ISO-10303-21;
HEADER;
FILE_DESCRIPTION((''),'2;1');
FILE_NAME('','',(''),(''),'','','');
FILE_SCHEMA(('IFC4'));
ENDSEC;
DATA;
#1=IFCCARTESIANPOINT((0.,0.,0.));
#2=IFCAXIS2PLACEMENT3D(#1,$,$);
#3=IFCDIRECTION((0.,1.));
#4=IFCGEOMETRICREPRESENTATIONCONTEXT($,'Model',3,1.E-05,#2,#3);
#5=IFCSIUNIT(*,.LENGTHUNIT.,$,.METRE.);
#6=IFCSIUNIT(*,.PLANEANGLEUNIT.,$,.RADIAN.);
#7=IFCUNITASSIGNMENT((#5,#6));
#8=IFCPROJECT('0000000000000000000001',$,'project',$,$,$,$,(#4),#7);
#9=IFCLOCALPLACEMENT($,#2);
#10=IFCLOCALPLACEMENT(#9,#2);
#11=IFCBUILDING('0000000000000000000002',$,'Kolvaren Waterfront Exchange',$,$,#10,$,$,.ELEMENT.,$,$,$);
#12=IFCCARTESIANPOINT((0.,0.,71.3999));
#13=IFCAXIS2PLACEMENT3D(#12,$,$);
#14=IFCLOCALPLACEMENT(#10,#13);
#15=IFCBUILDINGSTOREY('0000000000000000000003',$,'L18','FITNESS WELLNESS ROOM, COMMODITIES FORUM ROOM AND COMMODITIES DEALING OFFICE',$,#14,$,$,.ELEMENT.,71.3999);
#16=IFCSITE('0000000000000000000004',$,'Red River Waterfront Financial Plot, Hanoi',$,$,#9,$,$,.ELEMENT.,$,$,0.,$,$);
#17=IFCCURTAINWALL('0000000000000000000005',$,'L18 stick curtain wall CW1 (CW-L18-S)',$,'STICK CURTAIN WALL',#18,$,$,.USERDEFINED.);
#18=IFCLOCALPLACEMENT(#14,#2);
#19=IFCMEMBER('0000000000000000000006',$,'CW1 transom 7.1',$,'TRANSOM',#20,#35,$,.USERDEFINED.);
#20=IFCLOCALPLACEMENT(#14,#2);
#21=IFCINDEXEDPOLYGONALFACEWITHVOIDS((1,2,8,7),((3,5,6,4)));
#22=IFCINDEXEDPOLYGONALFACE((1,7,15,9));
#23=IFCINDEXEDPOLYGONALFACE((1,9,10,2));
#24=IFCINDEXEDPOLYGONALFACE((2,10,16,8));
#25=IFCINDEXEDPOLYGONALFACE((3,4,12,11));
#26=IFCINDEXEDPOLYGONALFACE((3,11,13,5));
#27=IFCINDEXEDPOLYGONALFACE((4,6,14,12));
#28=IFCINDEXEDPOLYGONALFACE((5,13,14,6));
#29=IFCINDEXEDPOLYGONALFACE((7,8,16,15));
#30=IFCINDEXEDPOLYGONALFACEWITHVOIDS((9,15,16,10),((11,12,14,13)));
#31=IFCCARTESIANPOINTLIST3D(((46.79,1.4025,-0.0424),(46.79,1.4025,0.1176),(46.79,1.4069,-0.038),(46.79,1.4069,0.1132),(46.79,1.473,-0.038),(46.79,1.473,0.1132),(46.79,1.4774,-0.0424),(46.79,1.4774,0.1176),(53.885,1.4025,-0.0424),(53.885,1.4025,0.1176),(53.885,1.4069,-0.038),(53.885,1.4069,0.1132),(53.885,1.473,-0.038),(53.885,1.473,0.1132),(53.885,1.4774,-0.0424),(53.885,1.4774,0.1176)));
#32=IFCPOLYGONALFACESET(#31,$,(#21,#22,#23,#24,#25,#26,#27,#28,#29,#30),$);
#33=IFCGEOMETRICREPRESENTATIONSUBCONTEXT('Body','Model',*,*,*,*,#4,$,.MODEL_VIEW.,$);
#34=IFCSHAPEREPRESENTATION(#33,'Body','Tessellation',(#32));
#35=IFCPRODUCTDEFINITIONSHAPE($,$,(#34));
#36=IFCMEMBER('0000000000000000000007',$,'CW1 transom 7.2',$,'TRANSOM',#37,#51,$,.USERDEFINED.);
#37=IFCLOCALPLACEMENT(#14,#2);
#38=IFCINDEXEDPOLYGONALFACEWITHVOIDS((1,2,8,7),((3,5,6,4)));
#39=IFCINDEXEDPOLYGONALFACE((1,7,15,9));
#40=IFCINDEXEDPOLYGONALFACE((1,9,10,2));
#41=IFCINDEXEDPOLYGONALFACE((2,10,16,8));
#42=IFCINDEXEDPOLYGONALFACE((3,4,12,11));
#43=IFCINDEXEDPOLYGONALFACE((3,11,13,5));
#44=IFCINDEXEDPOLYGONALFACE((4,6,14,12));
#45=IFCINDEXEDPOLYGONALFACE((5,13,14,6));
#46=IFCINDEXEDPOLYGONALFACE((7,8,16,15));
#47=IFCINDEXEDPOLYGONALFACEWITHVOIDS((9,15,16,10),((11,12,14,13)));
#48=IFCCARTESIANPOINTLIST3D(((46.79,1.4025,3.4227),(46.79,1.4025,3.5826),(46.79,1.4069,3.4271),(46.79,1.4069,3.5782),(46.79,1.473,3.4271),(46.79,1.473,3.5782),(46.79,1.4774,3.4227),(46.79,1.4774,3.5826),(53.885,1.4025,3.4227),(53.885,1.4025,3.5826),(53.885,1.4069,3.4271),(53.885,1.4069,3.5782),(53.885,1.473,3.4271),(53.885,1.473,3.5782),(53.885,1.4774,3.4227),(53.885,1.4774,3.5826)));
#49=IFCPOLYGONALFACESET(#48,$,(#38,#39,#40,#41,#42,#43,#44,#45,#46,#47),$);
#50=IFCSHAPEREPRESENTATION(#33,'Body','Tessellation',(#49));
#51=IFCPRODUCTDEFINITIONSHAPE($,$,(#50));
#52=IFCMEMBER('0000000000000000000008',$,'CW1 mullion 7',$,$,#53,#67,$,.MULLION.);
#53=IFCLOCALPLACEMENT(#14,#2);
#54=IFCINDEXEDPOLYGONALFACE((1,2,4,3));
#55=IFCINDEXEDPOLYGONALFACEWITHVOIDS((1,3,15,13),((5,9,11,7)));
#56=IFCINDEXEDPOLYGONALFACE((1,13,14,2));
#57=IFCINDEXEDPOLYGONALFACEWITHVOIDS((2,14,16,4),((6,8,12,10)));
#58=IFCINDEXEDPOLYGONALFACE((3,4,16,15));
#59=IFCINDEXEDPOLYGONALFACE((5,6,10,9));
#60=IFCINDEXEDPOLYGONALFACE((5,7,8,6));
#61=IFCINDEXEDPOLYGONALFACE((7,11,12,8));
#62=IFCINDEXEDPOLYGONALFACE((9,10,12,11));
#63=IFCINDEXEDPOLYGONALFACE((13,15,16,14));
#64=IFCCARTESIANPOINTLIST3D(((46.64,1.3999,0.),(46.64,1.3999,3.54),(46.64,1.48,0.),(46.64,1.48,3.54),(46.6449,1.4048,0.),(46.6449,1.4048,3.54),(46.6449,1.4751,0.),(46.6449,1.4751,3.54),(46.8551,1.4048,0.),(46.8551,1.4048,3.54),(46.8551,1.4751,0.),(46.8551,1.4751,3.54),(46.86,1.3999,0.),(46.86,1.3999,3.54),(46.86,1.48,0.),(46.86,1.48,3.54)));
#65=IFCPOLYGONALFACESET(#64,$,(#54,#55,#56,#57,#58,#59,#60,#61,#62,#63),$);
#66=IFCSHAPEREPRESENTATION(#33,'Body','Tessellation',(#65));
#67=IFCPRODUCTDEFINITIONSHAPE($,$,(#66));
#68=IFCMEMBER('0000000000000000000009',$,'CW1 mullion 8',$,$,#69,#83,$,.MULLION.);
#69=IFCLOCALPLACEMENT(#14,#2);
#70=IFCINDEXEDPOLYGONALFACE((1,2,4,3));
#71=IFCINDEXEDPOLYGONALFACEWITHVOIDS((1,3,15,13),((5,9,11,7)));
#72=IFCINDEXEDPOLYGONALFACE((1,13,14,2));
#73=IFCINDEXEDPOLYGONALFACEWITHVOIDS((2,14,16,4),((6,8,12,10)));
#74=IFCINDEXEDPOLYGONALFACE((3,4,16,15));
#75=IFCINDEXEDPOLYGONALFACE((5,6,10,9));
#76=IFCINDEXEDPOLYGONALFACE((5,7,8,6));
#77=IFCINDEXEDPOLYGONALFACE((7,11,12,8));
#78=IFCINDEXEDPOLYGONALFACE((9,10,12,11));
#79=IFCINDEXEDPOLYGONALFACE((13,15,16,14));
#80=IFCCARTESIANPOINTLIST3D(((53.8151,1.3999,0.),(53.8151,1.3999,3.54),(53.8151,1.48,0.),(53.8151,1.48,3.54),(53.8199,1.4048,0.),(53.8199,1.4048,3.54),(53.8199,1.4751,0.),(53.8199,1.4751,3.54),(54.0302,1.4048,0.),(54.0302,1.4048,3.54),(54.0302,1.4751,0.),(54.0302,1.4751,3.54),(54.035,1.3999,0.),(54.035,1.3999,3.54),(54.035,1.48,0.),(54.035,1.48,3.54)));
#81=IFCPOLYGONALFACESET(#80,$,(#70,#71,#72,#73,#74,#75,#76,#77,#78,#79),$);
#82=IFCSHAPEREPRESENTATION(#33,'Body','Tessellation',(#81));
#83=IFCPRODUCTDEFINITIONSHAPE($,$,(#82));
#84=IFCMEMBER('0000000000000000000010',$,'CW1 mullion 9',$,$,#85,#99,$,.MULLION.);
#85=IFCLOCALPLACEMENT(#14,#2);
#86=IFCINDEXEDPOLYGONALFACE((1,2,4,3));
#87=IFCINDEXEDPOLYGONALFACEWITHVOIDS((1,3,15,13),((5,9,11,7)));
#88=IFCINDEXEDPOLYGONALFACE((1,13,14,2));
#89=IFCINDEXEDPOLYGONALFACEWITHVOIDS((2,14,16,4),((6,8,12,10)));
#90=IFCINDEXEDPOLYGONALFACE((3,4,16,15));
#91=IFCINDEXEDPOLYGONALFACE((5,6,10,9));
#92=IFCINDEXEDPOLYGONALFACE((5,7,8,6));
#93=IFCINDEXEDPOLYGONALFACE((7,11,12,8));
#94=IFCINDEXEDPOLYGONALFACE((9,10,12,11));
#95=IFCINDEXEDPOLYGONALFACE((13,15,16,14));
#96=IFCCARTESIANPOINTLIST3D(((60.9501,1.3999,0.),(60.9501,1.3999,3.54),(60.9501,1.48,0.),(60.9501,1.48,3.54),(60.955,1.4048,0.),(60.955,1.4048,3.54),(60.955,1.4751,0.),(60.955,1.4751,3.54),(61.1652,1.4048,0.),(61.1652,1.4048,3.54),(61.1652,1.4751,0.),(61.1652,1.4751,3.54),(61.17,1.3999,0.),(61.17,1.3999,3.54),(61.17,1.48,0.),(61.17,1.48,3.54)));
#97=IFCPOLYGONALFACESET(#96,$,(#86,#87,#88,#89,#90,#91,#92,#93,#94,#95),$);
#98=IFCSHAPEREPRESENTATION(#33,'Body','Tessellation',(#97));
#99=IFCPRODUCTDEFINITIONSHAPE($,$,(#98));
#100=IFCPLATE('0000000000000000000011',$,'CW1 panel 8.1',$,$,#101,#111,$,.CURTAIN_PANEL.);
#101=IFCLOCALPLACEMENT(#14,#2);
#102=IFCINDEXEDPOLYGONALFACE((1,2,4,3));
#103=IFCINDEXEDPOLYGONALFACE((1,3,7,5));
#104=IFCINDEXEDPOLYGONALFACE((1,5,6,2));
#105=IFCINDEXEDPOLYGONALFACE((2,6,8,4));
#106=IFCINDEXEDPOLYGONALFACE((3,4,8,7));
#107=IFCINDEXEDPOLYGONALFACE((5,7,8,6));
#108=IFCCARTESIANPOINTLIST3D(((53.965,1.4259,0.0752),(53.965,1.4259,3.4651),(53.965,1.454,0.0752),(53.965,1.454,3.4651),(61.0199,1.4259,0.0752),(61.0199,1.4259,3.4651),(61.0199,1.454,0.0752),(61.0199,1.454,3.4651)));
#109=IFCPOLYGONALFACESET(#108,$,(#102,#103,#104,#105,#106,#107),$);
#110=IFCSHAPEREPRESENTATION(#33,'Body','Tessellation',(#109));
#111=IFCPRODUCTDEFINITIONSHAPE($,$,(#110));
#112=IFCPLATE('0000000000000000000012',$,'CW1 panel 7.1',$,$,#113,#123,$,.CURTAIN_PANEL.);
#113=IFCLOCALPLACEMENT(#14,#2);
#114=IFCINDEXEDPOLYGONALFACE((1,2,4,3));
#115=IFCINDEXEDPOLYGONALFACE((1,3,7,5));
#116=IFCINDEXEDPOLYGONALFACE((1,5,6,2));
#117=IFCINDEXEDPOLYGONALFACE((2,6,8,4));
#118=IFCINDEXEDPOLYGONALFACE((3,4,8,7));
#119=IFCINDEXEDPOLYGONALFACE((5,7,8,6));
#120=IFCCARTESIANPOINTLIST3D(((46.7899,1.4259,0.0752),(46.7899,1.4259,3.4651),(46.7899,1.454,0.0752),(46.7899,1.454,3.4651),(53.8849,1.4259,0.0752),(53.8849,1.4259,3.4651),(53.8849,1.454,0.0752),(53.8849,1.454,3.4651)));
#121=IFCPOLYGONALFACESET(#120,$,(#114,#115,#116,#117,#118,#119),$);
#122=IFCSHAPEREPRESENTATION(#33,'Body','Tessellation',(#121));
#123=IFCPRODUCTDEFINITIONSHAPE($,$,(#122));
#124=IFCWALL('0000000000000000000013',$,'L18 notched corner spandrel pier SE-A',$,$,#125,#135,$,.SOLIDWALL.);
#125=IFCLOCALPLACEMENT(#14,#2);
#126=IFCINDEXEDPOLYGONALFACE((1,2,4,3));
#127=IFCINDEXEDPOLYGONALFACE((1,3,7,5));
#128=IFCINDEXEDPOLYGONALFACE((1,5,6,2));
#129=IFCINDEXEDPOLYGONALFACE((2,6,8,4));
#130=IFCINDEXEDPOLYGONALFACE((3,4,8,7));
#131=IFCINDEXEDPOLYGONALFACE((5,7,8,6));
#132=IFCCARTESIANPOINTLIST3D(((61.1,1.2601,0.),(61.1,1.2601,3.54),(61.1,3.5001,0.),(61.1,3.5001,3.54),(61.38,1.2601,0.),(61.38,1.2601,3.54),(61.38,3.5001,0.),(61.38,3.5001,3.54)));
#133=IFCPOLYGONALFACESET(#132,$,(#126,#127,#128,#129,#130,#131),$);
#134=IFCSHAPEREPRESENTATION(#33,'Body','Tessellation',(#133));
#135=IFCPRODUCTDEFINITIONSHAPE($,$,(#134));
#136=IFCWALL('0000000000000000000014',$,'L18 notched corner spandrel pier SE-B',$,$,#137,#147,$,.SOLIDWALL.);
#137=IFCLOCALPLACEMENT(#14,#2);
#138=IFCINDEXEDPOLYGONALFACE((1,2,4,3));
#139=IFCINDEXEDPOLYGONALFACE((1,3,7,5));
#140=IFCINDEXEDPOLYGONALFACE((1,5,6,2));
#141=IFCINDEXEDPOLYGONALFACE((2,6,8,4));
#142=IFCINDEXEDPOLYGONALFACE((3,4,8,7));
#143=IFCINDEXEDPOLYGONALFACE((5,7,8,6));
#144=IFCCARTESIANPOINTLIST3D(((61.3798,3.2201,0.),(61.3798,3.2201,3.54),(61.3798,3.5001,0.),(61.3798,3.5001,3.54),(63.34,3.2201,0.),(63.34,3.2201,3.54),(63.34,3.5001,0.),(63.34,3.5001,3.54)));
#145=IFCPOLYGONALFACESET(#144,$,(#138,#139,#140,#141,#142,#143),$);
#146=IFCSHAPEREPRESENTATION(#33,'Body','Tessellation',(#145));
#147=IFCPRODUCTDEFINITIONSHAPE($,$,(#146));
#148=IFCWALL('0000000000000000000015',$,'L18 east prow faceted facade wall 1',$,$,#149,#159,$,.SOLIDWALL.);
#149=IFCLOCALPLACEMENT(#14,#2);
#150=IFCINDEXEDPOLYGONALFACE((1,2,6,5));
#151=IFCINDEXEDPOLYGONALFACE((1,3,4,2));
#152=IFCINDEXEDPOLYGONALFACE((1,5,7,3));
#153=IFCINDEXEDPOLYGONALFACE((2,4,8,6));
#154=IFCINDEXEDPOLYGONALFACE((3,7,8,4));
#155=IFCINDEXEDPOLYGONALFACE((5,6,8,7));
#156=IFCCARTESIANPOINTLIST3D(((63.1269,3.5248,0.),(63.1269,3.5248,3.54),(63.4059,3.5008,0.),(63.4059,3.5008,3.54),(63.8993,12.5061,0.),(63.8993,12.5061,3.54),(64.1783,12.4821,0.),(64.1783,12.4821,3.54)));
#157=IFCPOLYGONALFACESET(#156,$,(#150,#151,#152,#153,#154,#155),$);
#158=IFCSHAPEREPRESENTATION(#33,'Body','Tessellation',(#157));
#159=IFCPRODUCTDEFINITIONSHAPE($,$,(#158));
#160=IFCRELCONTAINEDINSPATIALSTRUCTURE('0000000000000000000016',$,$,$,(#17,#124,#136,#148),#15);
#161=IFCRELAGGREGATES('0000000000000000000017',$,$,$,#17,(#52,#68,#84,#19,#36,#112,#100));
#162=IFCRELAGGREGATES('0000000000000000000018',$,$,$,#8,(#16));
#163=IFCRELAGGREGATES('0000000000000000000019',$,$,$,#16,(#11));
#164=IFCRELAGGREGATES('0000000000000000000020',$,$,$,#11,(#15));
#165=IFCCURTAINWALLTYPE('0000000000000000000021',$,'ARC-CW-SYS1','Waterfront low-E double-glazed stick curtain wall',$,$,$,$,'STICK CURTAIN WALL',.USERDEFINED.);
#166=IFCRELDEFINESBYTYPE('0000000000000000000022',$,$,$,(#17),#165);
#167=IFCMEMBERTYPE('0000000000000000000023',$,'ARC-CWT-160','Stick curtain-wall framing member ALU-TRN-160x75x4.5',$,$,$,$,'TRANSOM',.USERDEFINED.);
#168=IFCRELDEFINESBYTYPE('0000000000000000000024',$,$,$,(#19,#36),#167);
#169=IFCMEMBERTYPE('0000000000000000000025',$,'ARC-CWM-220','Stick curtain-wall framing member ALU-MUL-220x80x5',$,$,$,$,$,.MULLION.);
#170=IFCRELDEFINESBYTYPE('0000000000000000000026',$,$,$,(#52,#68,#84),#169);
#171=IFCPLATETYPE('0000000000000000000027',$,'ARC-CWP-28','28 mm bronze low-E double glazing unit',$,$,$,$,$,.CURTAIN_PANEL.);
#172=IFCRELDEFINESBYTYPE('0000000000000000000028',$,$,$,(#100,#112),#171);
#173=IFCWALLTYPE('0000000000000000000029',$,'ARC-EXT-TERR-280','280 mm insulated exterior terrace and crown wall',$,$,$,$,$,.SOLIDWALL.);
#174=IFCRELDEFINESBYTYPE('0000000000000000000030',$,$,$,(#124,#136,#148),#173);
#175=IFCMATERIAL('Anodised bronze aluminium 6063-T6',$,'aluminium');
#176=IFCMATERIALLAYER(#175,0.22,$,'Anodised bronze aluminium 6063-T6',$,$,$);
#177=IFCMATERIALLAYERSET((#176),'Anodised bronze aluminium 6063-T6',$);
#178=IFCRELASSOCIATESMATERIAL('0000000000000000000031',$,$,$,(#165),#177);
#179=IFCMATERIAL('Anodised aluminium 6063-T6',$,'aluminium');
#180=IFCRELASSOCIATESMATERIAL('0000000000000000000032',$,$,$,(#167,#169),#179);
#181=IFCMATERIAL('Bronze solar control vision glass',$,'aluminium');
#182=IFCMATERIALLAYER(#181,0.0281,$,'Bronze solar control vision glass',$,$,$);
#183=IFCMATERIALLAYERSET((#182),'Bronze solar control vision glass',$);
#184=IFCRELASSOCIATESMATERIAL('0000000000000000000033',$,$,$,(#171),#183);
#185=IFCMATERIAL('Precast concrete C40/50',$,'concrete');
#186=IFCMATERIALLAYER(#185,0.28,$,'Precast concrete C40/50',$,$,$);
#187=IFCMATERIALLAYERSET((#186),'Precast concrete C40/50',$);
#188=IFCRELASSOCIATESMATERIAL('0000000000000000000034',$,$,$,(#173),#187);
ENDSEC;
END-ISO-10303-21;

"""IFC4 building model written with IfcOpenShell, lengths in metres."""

from ifc_helpers import new_model, si_unit, direction, frame, frame_2d, origin, origin_with_axes, origin_2d, place, context, subcontext, project, spatial, rectangle, hollow_rectangle, extrude, source, transform, mapped, material, layer, layer_set, material_profile, profile_set, type_object, element, aggregate, save


model = new_model("IFC4")

# Units and contexts
model_context = context("Model", 3, precision=1e-05, world=origin(), true_north=direction((0.0, 1.0)))
body_context = subcontext(model_context, "Body", "Model", "MODEL_VIEW")
ifc_project = project(units=[si_unit("LENGTHUNIT", "METRE"), si_unit("PLANEANGLEUNIT", "RADIAN")], contexts=[model_context])

# Site, building, storey
site_placement = place(None, origin())
site = spatial("IfcSite", under=ifc_project, at=site_placement, Name="Red River Waterfront Financial Plot, Hanoi", CompositionType="ELEMENT", RefElevation=0.0)
building_placement = place(site_placement, origin())
building = spatial("IfcBuilding", under=site, at=building_placement, Name="Kolvaren Waterfront Exchange", CompositionType="ELEMENT")
storey_placement = place(building_placement, frame((0.0, 0.0, 71.3999)))
storey = spatial("IfcBuildingStorey", under=building, at=storey_placement, Name="L18", Description="FITNESS WELLNESS ROOM, COMMODITIES FORUM ROOM AND COMMODITIES DEALING OFFICE", CompositionType="ELEMENT", Elevation=71.3999)

# Curtain wall, members, plates
ifc_material_1 = material(Name="Anodised bronze aluminium 6063-T6", Category="aluminium")
ifc_layer_1 = layer(ifc_material_1, 0.22, Name="Anodised bronze aluminium 6063-T6")
ifc_layer_set_1 = layer_set([ifc_layer_1], Name="Anodised bronze aluminium 6063-T6")
curtain_wall_type = type_object("IfcCurtainWallType", Name="ARC-CW-SYS1", Description="Waterfront low-E double-glazed stick curtain wall", ElementType="STICK CURTAIN WALL", PredefinedType="USERDEFINED", material=ifc_layer_set_1)
curtain_wall_placement = place(storey_placement, origin())
curtain_wall = element("IfcCurtainWall", 1, at=curtain_wall_placement, inside=storey, type_object=curtain_wall_type, Name="L18 stick curtain wall CW1 (CW-L18-S)", ObjectType="STICK CURTAIN WALL", PredefinedType="USERDEFINED")
ifc_material_2 = material(Name="Anodised aluminium 6063-T6", Category="aluminium")
ifc_material_profile_1 = material_profile(ifc_material_2, hollow_rectangle(XDim=0.075, YDim=0.1599, WallThickness=0.0044, at=origin_2d()), Name="ALU-TRN-160x75x4.5")
ifc_profile_set_1 = profile_set([ifc_material_profile_1], Name="Anodised aluminium 6063-T6")
member_type_1 = type_object("IfcMemberType", Name="ARC-CWT-160", Description="Stick curtain-wall framing member ALU-TRN-160x75x4.5", ElementType="TRANSOM", PredefinedType="USERDEFINED", material=ifc_profile_set_1)
shared_shape_1 = source(origin_with_axes(), body_context, "Body", "SweptSolid", [
    extrude(hollow_rectangle(XDim=0.075, YDim=0.1599, WallThickness=0.0044, at=origin_2d()), origin(), (0.0, 0.0, 1.0), 7.095),
])
member_1_placement = place(storey_placement, frame((46.79, 1.4399, 0.0376), z_axis=(1.0, 0.0, 0.0), x_axis=(0.0, 1.0, 0.0)))
member_1 = element("IfcMember", 2, at=member_1_placement, type_object=member_type_1, Name="CW1 transom 7.1", ObjectType="TRANSOM", PredefinedType="USERDEFINED", context=body_context, shape_type="MappedRepresentation", body=[
    mapped(shared_shape_1, transform((0.0, 0.0, 0.0), x_axis=(1.0, 0.0, 0.0), y_axis=(0.0, 1.0, 0.0), z_axis=(0.0, 0.0, 1.0), scale=1.0)),
])
member_2_placement = place(storey_placement, frame((46.79, 1.4399, 3.5027), z_axis=(1.0, 0.0, 0.0), x_axis=(0.0, 1.0, 0.0)))
member_2 = element("IfcMember", 3, at=member_2_placement, type_object=member_type_1, Name="CW1 transom 7.2", ObjectType="TRANSOM", PredefinedType="USERDEFINED", context=body_context, shape_type="MappedRepresentation", body=[
    mapped(shared_shape_1, transform((0.0, 0.0, 0.0), x_axis=(1.0, 0.0, 0.0), y_axis=(0.0, 1.0, 0.0), z_axis=(0.0, 0.0, 1.0), scale=1.0)),
])
ifc_material_profile_2 = material_profile(ifc_material_2, hollow_rectangle(XDim=0.0801, YDim=0.22, WallThickness=0.0049, at=origin_2d()), Name="ALU-MUL-220x80x5")
ifc_profile_set_2 = profile_set([ifc_material_profile_2], Name="Anodised aluminium 6063-T6")
member_type_2 = type_object("IfcMemberType", Name="ARC-CWM-220", Description="Stick curtain-wall framing member ALU-MUL-220x80x5", PredefinedType="MULLION", material=ifc_profile_set_2)
shared_shape_2 = source(origin_with_axes(), body_context, "Body", "SweptSolid", [
    extrude(hollow_rectangle(XDim=0.0801, YDim=0.22, WallThickness=0.0049, at=origin_2d()), origin(), (0.0, 0.0, 1.0), 3.54),
])
member_3_placement = place(storey_placement, frame((46.75, 1.4399, 0.0), z_axis=(0.0, 0.0, 1.0), x_axis=(0.0, 1.0, 0.0)))
member_3 = element("IfcMember", 4, at=member_3_placement, type_object=member_type_2, Name="CW1 mullion 7", PredefinedType="MULLION", context=body_context, shape_type="MappedRepresentation", body=[
    mapped(shared_shape_2, transform((0.0, 0.0, 0.0), x_axis=(1.0, 0.0, 0.0), y_axis=(0.0, 1.0, 0.0), z_axis=(0.0, 0.0, 1.0), scale=1.0)),
])
member_4_placement = place(storey_placement, frame((53.925, 1.4399, 0.0), z_axis=(0.0, 0.0, 1.0), x_axis=(0.0, 1.0, 0.0)))
member_4 = element("IfcMember", 5, at=member_4_placement, type_object=member_type_2, Name="CW1 mullion 8", PredefinedType="MULLION", context=body_context, shape_type="MappedRepresentation", body=[
    mapped(shared_shape_2, transform((0.0, 0.0, 0.0), x_axis=(1.0, 0.0, 0.0), y_axis=(0.0, 1.0, 0.0), z_axis=(0.0, 0.0, 1.0), scale=1.0)),
])
member_5_placement = place(storey_placement, frame((61.0601, 1.4399, 0.0), z_axis=(0.0, 0.0, 1.0), x_axis=(0.0, 1.0, 0.0)))
member_5 = element("IfcMember", 6, at=member_5_placement, type_object=member_type_2, Name="CW1 mullion 9", PredefinedType="MULLION", context=body_context, shape_type="MappedRepresentation", body=[
    mapped(shared_shape_2, transform((0.0, 0.0, 0.0), x_axis=(1.0, 0.0, 0.0), y_axis=(0.0, 1.0, 0.0), z_axis=(0.0, 0.0, 1.0), scale=1.0)),
])
ifc_material_3 = material(Name="Bronze solar control vision glass", Category="aluminium")
ifc_layer_2 = layer(ifc_material_3, 0.0281, Name="Bronze solar control vision glass")
ifc_layer_set_2 = layer_set([ifc_layer_2], Name="Bronze solar control vision glass")
plate_type = type_object("IfcPlateType", Name="ARC-CWP-28", Description="28 mm bronze low-E double glazing unit", PredefinedType="CURTAIN_PANEL", material=ifc_layer_set_2)
shared_shape_3 = source(origin_with_axes(), body_context, "Body", "SweptSolid", [
    extrude(rectangle(XDim=7.0549, YDim=0.0281, at=origin_2d()), origin(), (0.0, 0.0, 1.0), 3.3899),
])
plate_1_placement = place(storey_placement, frame((57.4924, 1.4399, 0.0752), z_axis=(0.0, 0.0, 1.0), x_axis=(1.0, 0.0, 0.0)))
plate_1 = element("IfcPlate", 7, at=plate_1_placement, type_object=plate_type, Name="CW1 panel 8.1", PredefinedType="CURTAIN_PANEL", context=body_context, shape_type="MappedRepresentation", body=[
    mapped(shared_shape_3, transform((0.0, 0.0, 0.0), x_axis=(1.0, 0.0, 0.0), y_axis=(0.0, 1.0, 0.0), z_axis=(0.0, 0.0, 1.0), scale=1.0)),
])
shared_shape_4 = source(origin_with_axes(), body_context, "Body", "SweptSolid", [
    extrude(rectangle(XDim=7.095, YDim=0.0281, at=origin_2d()), origin(), (0.0, 0.0, 1.0), 3.3899),
])
plate_2_placement = place(storey_placement, frame((50.3374, 1.4399, 0.0752), z_axis=(0.0, 0.0, 1.0), x_axis=(1.0, 0.0, 0.0)))
plate_2 = element("IfcPlate", 8, at=plate_2_placement, type_object=plate_type, Name="CW1 panel 7.1", PredefinedType="CURTAIN_PANEL", context=body_context, shape_type="MappedRepresentation", body=[
    mapped(shared_shape_4, transform((0.0, 0.0, 0.0), x_axis=(1.0, 0.0, 0.0), y_axis=(0.0, 1.0, 0.0), z_axis=(0.0, 0.0, 1.0), scale=1.0)),
])
aggregate(curtain_wall, [member_3, member_4, member_5, member_1, member_2, plate_2, plate_1])

# Walls
ifc_material_4 = material(Name="Precast concrete C40/50", Category="concrete")
ifc_layer_3 = layer(ifc_material_4, 0.28, Name="Precast concrete C40/50")
ifc_layer_set_3 = layer_set([ifc_layer_3], Name="Precast concrete C40/50")
wall_type_1 = type_object("IfcWallType", Name="ARC-EXT-TERR-280", Description="280 mm insulated exterior terrace and crown wall", PredefinedType="SOLIDWALL", material=ifc_layer_set_3)
wall_1_placement = place(storey_placement, frame((61.24, 1.26, 0.0), z_axis=(0.0, 0.0, 1.0), x_axis=(0.0, 1.0, 0.0)))
element("IfcWall", 9, at=wall_1_placement, inside=storey, type_object=wall_type_1, Name="L18 notched corner spandrel pier SE-A", PredefinedType="SOLIDWALL", context=body_context, shape_type="SweptSolid", body=[
    extrude(rectangle(XDim=2.24, YDim=0.28, at=frame_2d((1.1201, 0.0))), origin(), (0.0, 0.0, 1.0), 3.54),
])
wall_2_placement = place(storey_placement, frame((61.3799, 3.3601, 0.0), z_axis=(0.0, 0.0, 1.0), x_axis=(1.0, 0.0, 0.0)))
element("IfcWall", 10, at=wall_2_placement, inside=storey, type_object=wall_type_1, Name="L18 notched corner spandrel pier SE-B", PredefinedType="SOLIDWALL", context=body_context, shape_type="SweptSolid", body=[
    extrude(rectangle(XDim=1.9602, YDim=0.28, at=frame_2d((0.98, 0.0))), origin(), (0.0, 0.0, 1.0), 3.54),
])
wall_3_placement = place(storey_placement, frame((63.2664, 3.5127, 0.0), z_axis=(0.0, 0.0, 1.0), x_axis=(0.085692, 0.996322, 0.0)))
element("IfcWall", 11, at=wall_3_placement, inside=storey, type_object=wall_type_1, Name="L18 east prow faceted facade wall 1", PredefinedType="SOLIDWALL", context=body_context, shape_type="SweptSolid", body=[
    extrude(rectangle(XDim=9.0144, YDim=0.28, at=frame_2d((4.5073, 0.0))), origin(), (0.0, 0.0, 1.0), 3.54),
])

save(model, "model.ifc")
